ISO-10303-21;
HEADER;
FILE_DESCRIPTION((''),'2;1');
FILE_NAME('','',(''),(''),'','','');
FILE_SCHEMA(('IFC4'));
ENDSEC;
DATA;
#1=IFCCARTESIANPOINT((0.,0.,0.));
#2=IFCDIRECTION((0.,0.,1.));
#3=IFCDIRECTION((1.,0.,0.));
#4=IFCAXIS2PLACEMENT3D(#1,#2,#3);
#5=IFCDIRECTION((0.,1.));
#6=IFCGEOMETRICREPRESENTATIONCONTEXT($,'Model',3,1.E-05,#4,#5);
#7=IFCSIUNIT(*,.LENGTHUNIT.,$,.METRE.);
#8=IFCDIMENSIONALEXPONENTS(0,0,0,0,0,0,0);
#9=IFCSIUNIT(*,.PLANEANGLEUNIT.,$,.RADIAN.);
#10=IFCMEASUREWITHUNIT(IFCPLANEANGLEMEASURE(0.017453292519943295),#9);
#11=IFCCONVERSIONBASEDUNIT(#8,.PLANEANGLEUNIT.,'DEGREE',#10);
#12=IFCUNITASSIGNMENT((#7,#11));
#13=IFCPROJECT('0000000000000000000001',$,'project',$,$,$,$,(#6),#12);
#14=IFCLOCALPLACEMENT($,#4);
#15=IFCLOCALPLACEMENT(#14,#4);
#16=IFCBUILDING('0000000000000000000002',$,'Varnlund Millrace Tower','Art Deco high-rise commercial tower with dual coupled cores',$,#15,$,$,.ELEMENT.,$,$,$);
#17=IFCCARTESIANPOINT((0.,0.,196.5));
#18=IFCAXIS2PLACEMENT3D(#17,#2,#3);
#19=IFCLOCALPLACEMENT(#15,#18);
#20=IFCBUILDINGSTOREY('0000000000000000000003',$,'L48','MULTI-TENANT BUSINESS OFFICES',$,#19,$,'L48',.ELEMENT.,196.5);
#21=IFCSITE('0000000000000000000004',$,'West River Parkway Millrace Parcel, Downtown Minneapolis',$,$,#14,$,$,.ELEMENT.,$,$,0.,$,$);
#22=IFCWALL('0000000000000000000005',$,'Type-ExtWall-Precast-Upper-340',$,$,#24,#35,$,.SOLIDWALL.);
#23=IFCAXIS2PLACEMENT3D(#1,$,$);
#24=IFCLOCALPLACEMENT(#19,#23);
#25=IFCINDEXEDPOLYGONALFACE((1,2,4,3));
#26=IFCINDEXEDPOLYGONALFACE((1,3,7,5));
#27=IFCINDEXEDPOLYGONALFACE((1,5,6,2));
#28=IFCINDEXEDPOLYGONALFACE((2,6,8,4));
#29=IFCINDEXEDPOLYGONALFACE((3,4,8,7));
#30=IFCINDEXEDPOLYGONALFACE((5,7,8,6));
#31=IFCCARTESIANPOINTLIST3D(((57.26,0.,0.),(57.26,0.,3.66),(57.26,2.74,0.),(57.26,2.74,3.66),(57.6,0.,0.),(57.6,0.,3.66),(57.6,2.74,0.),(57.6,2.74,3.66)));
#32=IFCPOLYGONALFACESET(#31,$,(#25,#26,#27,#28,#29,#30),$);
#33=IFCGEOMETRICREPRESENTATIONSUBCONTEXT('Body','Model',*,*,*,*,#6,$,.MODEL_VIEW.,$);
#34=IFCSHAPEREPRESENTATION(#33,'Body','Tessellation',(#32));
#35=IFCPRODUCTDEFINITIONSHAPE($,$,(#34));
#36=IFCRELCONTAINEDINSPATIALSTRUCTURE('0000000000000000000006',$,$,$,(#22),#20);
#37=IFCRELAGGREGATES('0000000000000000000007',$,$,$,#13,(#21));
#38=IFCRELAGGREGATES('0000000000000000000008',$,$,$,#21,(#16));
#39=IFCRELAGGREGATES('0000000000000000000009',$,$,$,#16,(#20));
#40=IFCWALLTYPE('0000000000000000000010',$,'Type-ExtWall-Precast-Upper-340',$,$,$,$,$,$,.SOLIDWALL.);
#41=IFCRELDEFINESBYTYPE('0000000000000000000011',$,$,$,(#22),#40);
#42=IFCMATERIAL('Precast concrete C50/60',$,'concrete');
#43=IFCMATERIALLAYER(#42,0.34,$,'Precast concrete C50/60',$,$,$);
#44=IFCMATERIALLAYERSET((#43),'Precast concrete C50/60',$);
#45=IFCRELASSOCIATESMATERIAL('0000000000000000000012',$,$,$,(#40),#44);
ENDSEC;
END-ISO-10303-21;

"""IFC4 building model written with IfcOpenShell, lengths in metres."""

from ifc_helpers import new_model, entity, si_unit, converted_unit, direction, frame, origin_with_axes, place, context, subcontext, project, spatial, polyline, outline, extrude, material, layer, layer_set, type_object, element, save


model = new_model("IFC4")

# Units and contexts
model_context = context("Model", 3, precision=1e-05, world=origin_with_axes(), true_north=direction((0.0, 1.0)))
body_context = subcontext(model_context, "Body", "Model", "MODEL_VIEW")
ifc_project = project(units=[si_unit("LENGTHUNIT", "METRE"), converted_unit("PLANEANGLEUNIT", "DEGREE", entity("IfcPlaneAngleMeasure", 0.017453292519943295), si_unit("PLANEANGLEUNIT", "RADIAN"), dimensions=[0, 0, 0, 0, 0, 0, 0])], contexts=[model_context])

# Site, building, storey
site_placement = place(None, origin_with_axes())
site = spatial("IfcSite", under=ifc_project, at=site_placement, Name="West River Parkway Millrace Parcel, Downtown Minneapolis", CompositionType="ELEMENT", RefElevation=0.0)
building_placement = place(site_placement, origin_with_axes())
building = spatial("IfcBuilding", under=site, at=building_placement, Name="Varnlund Millrace Tower", Description="Art Deco high-rise commercial tower with dual coupled cores", CompositionType="ELEMENT")
storey_placement = place(building_placement, frame((0.0, 0.0, 196.5), z_axis=(0.0, 0.0, 1.0), x_axis=(1.0, 0.0, 0.0)))
storey = spatial("IfcBuildingStorey", under=building, at=storey_placement, Name="L48", Description="MULTI-TENANT BUSINESS OFFICES", LongName="L48", CompositionType="ELEMENT", Elevation=196.5)

# Wall
ifc_material_1 = material(Name="Precast concrete C50/60", Category="concrete")
ifc_layer = layer(ifc_material_1, 0.34, Name="Precast concrete C50/60")
ifc_layer_set = layer_set([ifc_layer], Name="Precast concrete C50/60")
wall_type = type_object("IfcWallType", Name="Type-ExtWall-Precast-Upper-340", PredefinedType="SOLIDWALL", material=ifc_layer_set)
wall_1_placement = place(storey_placement, frame((57.43, 2.74, 0.0), z_axis=(0.0, 0.0, 1.0), x_axis=(0.0, -1.0, 0.0)))
element("IfcWall", 1, at=wall_1_placement, inside=storey, type_object=wall_type, Name="Type-ExtWall-Precast-Upper-340", PredefinedType="SOLIDWALL", context=body_context, shape_type="SweptSolid", body=[
    extrude(outline(polyline([(0.0, -0.17), (2.74, -0.17), (2.74, 0.17), (0.0, 0.17), (0.0, -0.17)])), origin_with_axes(), (0.0, 0.0, 1.0), 3.66),
])

save(model, "model.ifc")
